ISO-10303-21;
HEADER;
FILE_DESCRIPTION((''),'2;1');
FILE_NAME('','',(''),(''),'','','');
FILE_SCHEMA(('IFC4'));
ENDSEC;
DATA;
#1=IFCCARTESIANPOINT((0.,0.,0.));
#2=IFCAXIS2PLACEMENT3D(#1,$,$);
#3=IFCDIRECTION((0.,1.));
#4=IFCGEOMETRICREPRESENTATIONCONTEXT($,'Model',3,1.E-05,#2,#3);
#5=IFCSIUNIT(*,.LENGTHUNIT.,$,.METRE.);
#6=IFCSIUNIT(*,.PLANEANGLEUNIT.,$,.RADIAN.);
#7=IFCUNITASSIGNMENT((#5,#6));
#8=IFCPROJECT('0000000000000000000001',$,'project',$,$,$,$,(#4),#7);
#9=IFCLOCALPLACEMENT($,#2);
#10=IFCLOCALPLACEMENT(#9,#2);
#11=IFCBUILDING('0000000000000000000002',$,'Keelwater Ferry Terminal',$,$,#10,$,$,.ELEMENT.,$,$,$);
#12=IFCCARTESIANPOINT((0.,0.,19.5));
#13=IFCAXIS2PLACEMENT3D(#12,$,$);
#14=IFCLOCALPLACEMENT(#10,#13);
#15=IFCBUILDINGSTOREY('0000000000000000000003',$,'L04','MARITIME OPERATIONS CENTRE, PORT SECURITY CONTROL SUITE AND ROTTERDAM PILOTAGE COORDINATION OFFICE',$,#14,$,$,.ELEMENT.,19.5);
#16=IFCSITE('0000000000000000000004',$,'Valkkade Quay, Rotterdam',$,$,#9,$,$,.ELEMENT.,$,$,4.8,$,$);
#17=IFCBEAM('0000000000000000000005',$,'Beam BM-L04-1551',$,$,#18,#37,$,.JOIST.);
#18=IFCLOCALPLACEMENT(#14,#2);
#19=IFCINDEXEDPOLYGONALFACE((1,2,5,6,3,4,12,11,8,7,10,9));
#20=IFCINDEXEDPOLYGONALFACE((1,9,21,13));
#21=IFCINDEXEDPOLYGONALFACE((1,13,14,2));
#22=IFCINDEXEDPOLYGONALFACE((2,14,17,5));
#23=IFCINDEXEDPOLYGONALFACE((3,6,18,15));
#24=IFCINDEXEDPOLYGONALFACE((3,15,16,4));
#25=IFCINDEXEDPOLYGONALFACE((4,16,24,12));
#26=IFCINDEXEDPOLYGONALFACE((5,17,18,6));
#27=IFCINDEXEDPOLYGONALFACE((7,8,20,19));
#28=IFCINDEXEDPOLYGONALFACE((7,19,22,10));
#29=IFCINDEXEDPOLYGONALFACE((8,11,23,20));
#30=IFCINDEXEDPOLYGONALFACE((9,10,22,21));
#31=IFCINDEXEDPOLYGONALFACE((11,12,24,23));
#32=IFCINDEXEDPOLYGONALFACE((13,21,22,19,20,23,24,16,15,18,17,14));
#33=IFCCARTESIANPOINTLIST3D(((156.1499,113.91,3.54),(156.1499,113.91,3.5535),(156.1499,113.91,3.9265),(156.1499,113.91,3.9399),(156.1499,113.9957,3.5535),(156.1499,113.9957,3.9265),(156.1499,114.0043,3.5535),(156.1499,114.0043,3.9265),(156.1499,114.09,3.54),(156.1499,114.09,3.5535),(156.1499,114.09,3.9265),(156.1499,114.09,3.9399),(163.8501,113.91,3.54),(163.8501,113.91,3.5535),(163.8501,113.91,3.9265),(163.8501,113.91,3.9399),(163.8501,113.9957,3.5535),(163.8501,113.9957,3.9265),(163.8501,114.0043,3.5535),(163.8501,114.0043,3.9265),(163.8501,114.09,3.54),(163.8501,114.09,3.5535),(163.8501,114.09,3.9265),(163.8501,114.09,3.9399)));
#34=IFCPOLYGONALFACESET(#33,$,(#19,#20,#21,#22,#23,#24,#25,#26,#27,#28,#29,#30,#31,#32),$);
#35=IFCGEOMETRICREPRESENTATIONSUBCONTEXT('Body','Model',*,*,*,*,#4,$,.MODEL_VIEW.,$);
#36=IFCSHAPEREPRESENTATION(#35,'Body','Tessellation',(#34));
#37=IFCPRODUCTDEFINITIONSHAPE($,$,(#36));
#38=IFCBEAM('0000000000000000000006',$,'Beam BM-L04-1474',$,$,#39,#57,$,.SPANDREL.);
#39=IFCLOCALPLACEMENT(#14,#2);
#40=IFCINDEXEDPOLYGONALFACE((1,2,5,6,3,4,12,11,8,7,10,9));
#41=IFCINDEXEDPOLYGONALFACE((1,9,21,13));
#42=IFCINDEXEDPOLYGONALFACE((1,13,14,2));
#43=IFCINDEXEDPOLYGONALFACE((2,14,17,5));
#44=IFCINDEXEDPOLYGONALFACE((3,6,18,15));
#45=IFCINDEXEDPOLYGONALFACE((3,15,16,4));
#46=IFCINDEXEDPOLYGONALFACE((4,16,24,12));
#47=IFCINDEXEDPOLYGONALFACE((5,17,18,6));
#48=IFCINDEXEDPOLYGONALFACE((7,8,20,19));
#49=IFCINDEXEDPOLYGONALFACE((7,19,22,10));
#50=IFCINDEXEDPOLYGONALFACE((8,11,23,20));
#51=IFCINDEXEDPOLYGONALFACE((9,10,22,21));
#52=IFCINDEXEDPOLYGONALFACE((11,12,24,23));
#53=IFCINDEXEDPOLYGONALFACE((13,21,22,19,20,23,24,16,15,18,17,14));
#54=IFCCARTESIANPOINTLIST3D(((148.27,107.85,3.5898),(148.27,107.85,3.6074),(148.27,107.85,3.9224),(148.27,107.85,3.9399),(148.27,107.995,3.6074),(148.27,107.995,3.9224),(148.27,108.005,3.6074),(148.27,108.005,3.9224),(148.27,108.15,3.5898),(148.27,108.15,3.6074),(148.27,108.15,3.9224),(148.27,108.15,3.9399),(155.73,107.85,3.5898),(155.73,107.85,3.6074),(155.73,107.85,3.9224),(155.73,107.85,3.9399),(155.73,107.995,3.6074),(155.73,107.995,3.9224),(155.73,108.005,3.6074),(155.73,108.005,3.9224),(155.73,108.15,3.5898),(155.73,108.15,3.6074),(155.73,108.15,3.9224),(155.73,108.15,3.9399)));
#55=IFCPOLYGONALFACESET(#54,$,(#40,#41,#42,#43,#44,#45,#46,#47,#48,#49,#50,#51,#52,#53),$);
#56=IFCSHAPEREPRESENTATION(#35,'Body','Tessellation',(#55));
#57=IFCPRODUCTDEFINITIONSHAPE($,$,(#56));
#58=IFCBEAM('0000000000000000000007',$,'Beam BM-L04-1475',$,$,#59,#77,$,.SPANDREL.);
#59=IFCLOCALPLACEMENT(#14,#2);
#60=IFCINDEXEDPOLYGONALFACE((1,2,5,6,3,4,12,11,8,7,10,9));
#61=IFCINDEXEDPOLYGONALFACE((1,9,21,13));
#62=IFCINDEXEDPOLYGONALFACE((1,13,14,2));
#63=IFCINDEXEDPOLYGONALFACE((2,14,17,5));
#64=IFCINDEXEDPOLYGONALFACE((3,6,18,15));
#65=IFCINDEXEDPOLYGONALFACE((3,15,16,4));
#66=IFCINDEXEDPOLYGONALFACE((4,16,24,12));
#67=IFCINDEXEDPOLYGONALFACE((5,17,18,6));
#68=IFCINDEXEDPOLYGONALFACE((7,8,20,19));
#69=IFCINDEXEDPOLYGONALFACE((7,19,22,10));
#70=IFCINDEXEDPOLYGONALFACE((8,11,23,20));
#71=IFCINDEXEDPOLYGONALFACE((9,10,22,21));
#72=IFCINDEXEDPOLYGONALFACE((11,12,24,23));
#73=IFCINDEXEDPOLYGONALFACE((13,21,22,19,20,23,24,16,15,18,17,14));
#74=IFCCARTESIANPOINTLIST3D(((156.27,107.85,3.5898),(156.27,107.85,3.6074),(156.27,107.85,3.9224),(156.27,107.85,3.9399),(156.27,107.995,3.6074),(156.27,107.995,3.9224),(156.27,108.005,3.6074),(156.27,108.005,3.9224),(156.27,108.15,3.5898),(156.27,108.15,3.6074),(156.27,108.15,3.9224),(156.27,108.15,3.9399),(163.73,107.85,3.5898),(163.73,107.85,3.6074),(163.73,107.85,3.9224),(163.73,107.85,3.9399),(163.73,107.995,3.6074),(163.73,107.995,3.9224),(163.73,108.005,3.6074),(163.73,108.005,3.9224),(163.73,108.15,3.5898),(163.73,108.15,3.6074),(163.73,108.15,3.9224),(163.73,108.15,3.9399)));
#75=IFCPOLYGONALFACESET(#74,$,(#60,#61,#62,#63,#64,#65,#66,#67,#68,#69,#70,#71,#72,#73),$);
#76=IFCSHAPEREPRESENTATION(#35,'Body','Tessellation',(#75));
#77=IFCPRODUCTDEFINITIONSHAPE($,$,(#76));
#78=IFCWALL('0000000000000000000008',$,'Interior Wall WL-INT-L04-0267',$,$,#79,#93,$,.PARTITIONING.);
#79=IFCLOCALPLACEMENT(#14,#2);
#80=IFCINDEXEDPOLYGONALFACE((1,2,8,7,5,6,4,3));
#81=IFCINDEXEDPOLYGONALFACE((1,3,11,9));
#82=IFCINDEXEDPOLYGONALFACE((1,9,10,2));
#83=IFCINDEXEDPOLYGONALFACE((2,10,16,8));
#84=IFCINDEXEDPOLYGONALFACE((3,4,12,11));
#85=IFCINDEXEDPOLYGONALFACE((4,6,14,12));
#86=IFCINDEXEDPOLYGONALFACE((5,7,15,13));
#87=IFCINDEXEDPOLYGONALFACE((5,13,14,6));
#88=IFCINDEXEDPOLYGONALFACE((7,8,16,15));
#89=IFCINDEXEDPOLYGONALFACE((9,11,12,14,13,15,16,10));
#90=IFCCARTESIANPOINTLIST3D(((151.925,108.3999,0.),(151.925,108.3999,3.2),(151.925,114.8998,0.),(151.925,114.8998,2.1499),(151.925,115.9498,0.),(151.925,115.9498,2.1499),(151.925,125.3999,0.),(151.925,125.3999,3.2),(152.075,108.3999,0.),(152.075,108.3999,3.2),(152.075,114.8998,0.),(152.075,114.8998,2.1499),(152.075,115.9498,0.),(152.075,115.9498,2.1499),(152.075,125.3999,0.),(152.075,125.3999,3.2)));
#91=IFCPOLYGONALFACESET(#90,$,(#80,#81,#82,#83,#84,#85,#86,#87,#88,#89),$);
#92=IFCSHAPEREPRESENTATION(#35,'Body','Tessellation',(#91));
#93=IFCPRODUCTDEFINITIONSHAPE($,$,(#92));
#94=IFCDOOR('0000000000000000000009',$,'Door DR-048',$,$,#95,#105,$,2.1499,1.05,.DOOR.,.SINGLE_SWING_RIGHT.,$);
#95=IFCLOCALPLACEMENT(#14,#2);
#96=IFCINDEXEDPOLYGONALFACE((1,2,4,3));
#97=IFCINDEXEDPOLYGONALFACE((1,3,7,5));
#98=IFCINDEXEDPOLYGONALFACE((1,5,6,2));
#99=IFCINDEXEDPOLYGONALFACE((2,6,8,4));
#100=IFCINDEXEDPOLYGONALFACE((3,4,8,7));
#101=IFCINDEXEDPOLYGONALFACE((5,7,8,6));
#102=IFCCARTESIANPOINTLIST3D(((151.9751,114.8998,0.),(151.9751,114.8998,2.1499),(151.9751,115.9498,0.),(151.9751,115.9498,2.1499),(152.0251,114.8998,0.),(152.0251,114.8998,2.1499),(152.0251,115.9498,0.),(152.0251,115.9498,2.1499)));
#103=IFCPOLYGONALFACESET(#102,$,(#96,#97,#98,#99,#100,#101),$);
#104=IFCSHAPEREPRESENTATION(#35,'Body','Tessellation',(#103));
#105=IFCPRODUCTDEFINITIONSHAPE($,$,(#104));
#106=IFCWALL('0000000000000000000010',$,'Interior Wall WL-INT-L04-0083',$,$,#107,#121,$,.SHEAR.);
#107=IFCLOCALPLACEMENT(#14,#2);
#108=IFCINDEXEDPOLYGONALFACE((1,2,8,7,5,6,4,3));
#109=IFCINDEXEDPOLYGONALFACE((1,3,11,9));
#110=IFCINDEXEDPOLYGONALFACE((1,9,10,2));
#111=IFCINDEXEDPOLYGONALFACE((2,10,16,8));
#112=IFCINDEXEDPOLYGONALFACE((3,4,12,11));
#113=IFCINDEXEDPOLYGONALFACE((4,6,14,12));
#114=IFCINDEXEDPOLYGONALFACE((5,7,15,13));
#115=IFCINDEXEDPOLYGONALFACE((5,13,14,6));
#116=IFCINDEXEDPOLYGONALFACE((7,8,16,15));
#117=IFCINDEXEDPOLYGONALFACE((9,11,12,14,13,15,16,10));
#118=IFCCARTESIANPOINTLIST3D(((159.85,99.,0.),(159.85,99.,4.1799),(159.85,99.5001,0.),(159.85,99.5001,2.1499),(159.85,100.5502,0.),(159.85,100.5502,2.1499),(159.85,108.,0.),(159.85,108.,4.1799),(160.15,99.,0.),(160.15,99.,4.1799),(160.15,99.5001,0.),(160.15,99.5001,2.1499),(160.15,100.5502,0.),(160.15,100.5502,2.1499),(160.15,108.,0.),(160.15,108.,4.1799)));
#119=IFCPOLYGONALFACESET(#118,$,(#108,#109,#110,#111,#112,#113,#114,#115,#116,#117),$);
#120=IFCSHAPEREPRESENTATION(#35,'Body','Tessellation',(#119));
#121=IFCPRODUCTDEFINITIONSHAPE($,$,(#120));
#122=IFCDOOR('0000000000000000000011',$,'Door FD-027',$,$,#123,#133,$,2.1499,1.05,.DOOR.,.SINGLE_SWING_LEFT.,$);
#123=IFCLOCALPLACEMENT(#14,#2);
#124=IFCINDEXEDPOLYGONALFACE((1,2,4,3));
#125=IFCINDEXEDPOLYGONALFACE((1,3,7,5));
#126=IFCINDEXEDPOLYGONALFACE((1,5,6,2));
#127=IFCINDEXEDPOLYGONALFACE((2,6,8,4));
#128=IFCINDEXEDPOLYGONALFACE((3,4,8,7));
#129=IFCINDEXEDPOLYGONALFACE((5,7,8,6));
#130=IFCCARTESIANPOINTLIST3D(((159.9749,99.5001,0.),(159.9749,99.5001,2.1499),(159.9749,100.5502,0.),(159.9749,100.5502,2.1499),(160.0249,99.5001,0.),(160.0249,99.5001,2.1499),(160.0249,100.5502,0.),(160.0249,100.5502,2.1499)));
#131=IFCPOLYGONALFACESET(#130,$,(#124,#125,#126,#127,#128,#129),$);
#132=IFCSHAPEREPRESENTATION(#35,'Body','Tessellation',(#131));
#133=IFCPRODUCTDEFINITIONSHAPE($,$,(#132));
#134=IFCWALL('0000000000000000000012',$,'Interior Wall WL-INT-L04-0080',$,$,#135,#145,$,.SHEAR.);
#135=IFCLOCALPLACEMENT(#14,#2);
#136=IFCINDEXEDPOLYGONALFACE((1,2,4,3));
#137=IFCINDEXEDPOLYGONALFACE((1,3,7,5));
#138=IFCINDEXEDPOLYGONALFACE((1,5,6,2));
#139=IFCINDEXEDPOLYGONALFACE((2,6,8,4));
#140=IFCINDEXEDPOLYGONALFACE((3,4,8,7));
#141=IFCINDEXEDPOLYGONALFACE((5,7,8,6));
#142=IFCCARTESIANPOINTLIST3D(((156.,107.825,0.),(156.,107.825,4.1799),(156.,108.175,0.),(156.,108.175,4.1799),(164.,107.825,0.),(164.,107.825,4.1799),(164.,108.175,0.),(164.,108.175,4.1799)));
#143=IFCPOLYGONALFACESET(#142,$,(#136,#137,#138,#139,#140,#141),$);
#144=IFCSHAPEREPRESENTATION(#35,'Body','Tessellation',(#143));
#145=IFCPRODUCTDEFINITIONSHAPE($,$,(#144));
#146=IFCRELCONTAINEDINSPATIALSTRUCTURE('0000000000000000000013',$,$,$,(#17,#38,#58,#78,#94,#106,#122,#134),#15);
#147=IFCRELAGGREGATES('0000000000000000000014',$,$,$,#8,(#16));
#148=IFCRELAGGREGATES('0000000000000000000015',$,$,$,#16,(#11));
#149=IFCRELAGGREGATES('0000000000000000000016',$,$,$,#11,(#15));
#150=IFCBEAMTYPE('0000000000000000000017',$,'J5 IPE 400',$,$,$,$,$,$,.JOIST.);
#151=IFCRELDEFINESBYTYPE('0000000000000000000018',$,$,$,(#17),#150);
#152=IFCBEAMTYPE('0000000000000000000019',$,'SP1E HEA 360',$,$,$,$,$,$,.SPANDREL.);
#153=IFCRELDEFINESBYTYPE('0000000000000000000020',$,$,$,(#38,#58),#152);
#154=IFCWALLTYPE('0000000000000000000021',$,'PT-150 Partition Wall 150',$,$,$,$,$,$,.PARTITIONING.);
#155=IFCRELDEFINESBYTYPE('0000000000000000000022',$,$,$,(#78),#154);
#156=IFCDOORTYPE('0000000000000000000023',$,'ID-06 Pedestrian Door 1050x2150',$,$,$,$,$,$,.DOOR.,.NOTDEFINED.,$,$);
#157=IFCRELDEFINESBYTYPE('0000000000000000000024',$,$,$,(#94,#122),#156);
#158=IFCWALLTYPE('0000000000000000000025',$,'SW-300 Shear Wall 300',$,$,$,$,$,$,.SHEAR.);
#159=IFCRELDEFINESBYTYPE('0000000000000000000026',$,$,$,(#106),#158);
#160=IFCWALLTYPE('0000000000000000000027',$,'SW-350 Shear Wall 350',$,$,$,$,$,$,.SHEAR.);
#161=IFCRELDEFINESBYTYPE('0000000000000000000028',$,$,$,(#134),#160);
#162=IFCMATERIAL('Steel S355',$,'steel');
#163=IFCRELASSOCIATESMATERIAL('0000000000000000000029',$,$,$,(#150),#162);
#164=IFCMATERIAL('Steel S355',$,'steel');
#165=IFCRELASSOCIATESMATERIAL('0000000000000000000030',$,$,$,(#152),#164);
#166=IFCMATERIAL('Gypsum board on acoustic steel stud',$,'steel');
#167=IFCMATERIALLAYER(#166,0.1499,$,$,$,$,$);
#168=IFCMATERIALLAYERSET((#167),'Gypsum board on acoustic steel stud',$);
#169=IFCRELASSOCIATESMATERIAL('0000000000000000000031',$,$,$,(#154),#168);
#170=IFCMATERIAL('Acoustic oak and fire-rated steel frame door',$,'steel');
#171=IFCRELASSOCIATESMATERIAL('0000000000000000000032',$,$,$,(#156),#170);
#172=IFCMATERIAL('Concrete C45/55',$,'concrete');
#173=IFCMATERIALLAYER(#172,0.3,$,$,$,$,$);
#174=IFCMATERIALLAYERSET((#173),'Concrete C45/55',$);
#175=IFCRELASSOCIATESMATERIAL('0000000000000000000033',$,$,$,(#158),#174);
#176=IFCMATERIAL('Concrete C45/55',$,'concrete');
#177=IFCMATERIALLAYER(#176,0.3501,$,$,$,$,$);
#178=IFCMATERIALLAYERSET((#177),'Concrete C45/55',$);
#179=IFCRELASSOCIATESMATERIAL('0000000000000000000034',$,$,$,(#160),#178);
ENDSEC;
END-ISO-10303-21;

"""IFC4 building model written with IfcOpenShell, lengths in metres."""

from ifc_helpers import new_model, si_unit, direction, frame, frame_2d, origin, origin_2d, place, context, subcontext, project, spatial, rectangle, i_section, extrude, material, layer, layer_set, material_profile, profile_set, type_object, element, fill, save


model = new_model("IFC4")

# Units and contexts
model_context = context("Model", 3, precision=1e-05, world=origin(), true_north=direction((0.0, 1.0)))
body_context = subcontext(model_context, "Body", "Model", "MODEL_VIEW")
ifc_project = project(units=[si_unit("LENGTHUNIT", "METRE"), si_unit("PLANEANGLEUNIT", "RADIAN")], contexts=[model_context])

# Site, building, storey
site_placement = place(None, origin())
site = spatial("IfcSite", under=ifc_project, at=site_placement, Name="Valkkade Quay, Rotterdam", CompositionType="ELEMENT", RefElevation=4.8)
building_placement = place(site_placement, origin())
building = spatial("IfcBuilding", under=site, at=building_placement, Name="Keelwater Ferry Terminal", CompositionType="ELEMENT")
storey_placement = place(building_placement, frame((0.0, 0.0, 19.5)))
storey = spatial("IfcBuildingStorey", under=building, at=storey_placement, Name="L04", Description="MARITIME OPERATIONS CENTRE, PORT SECURITY CONTROL SUITE AND ROTTERDAM PILOTAGE COORDINATION OFFICE", CompositionType="ELEMENT", Elevation=19.5)

# Beams
ifc_material_1 = material(Name="Steel S355", Category="steel")
ifc_material_profile_1 = material_profile(ifc_material_1, i_section(OverallWidth=0.1799, OverallDepth=0.3999, WebThickness=0.0085, FlangeThickness=0.0134, at=origin_2d()), Name="IPE 400")
ifc_profile_set_1 = profile_set([ifc_material_profile_1], Name="Steel S355")
beam_type_1 = type_object("IfcBeamType", Name="J5 IPE 400", PredefinedType="JOIST", material=ifc_profile_set_1)
for number, where, z_axis, x_axis, name in (
    (1, (156.1499, 114.0, 3.74), (1.0, 0.0, 0.0), (0.0, 1.0, 0.0), "Beam BM-L04-1551"),
):
    element("IfcBeam", number, at=place(storey_placement, frame(where, z_axis=z_axis, x_axis=x_axis)), inside=storey, type_object=beam_type_1, Name=name, PredefinedType="JOIST", context=body_context, shape_type="SweptSolid", body=[
        extrude(i_section(OverallWidth=0.1799, OverallDepth=0.3999, WebThickness=0.0085, FlangeThickness=0.0134, at=origin_2d()), origin(), (0.0, 0.0, 1.0), 7.7002),
    ])
ifc_material_2 = material(Name="Steel S355", Category="steel")
ifc_material_profile_2 = material_profile(ifc_material_2, i_section(OverallWidth=0.3, OverallDepth=0.3501, WebThickness=0.01, FlangeThickness=0.0176, at=origin_2d()), Name="HEA 360")
ifc_profile_set_2 = profile_set([ifc_material_profile_2], Name="Steel S355")
beam_type_2 = type_object("IfcBeamType", Name="SP1E HEA 360", PredefinedType="SPANDREL", material=ifc_profile_set_2)
for number, where, z_axis, x_axis, name in (
    (2, (148.27, 108.0, 3.7649), (1.0, 0.0, 0.0), (0.0, 1.0, 0.0), "Beam BM-L04-1474"),
    (3, (156.27, 108.0, 3.7649), (1.0, 0.0, 0.0), (0.0, 1.0, 0.0), "Beam BM-L04-1475"),
):
    element("IfcBeam", number, at=place(storey_placement, frame(where, z_axis=z_axis, x_axis=x_axis)), inside=storey, type_object=beam_type_2, Name=name, PredefinedType="SPANDREL", context=body_context, shape_type="SweptSolid", body=[
        extrude(i_section(OverallWidth=0.3, OverallDepth=0.3501, WebThickness=0.01, FlangeThickness=0.0176, at=origin_2d()), origin(), (0.0, 0.0, 1.0), 7.46),
    ])

# Walls, openings, doors
ifc_material_3 = material(Name="Gypsum board on acoustic steel stud", Category="steel")
ifc_layer_1 = layer(ifc_material_3, 0.1499)
ifc_layer_set_1 = layer_set([ifc_layer_1], Name="Gypsum board on acoustic steel stud")
wall_type_1 = type_object("IfcWallType", Name="PT-150 Partition Wall 150", PredefinedType="PARTITIONING", material=ifc_layer_set_1)
wall_1_placement = place(storey_placement, frame((152.0, 108.3999, 0.0), z_axis=(0.0, 0.0, 1.0), x_axis=(0.0, 1.0, 0.0)))
wall_1 = element("IfcWall", 4, at=wall_1_placement, inside=storey, type_object=wall_type_1, Name="Interior Wall WL-INT-L04-0267", PredefinedType="PARTITIONING", context=body_context, shape_type="SweptSolid", body=[
    extrude(rectangle(XDim=17.0, YDim=0.1499, at=frame_2d((8.5, 0.0))), origin(), (0.0, 0.0, 1.0), 3.2),
])
opening_1_placement = place(wall_1_placement, frame((6.5, 0.0, 0.0)))
opening_1 = element("IfcOpeningElement", 5, at=opening_1_placement, cuts=wall_1, PredefinedType="OPENING", context=body_context, shape_type="SweptSolid", body=[
    extrude(rectangle(XDim=1.05, YDim=2.1499, at=frame_2d((0.5249, 1.075))), frame((0.0, 0.085, 0.0), z_axis=(0.0, -1.0, 0.0), x_axis=(1.0, 0.0, 0.0)), (0.0, 0.0, 1.0), 0.1699),
])
ifc_material_4 = material(Name="Acoustic oak and fire-rated steel frame door", Category="steel")
door_type = type_object("IfcDoorType", Name="ID-06 Pedestrian Door 1050x2150", OperationType="NOTDEFINED", PredefinedType="DOOR", material=ifc_material_4)
door_1_placement = place(opening_1_placement, origin())
door_1 = element("IfcDoor", 6, at=door_1_placement, inside=storey, type_object=door_type, Name="Door DR-048", OperationType="SINGLE_SWING_RIGHT", OverallHeight=2.1499, OverallWidth=1.05, PredefinedType="DOOR", context=body_context, shape_type="SweptSolid", body=[
    extrude(rectangle(XDim=1.05, YDim=2.1499, at=frame_2d((0.5249, 1.075))), frame((0.0, 0.0249, 0.0), z_axis=(0.0, -1.0, 0.0), x_axis=(1.0, 0.0, 0.0)), (0.0, 0.0, 1.0), 0.05),
])
fill(opening_1, door_1)
ifc_material_5 = material(Name="Concrete C45/55", Category="concrete")
ifc_layer_2 = layer(ifc_material_5, 0.3)
ifc_layer_set_2 = layer_set([ifc_layer_2], Name="Concrete C45/55")
wall_type_2 = type_object("IfcWallType", Name="SW-300 Shear Wall 300", PredefinedType="SHEAR", material=ifc_layer_set_2)
wall_2_placement = place(storey_placement, frame((160.0, 108.0, 0.0), z_axis=(0.0, 0.0, 1.0), x_axis=(0.0, -1.0, 0.0)))
wall_2 = element("IfcWall", 7, at=wall_2_placement, inside=storey, type_object=wall_type_2, Name="Interior Wall WL-INT-L04-0083", PredefinedType="SHEAR", context=body_context, shape_type="SweptSolid", body=[
    extrude(rectangle(XDim=9.0, YDim=0.3, at=frame_2d((4.5, 0.0))), origin(), (0.0, 0.0, 1.0), 4.1799),
])
opening_2_placement = place(wall_2_placement, frame((7.45, 0.0, 0.0)))
opening_2 = element("IfcOpeningElement", 8, at=opening_2_placement, cuts=wall_2, PredefinedType="OPENING", context=body_context, shape_type="SweptSolid", body=[
    extrude(rectangle(XDim=1.05, YDim=2.1499, at=frame_2d((0.5249, 1.075))), frame((0.0, 0.1599, 0.0), z_axis=(0.0, -1.0, 0.0), x_axis=(1.0, 0.0, 0.0)), (0.0, 0.0, 1.0), 0.3201),
])
door_2_placement = place(opening_2_placement, origin())
door_2 = element("IfcDoor", 9, at=door_2_placement, inside=storey, type_object=door_type, Name="Door FD-027", OperationType="SINGLE_SWING_LEFT", OverallHeight=2.1499, OverallWidth=1.05, PredefinedType="DOOR", context=body_context, shape_type="SweptSolid", body=[
    extrude(rectangle(XDim=1.05, YDim=2.1499, at=frame_2d((0.5249, 1.075))), frame((0.0, 0.0249, 0.0), z_axis=(0.0, -1.0, 0.0), x_axis=(1.0, 0.0, 0.0)), (0.0, 0.0, 1.0), 0.05),
])
fill(opening_2, door_2)

# Wall
ifc_material_6 = material(Name="Concrete C45/55", Category="concrete")
ifc_layer_3 = layer(ifc_material_6, 0.3501)
ifc_layer_set_3 = layer_set([ifc_layer_3], Name="Concrete C45/55")
wall_type_3 = type_object("IfcWallType", Name="SW-350 Shear Wall 350", PredefinedType="SHEAR", material=ifc_layer_set_3)
wall_3_placement = place(storey_placement, frame((156.0, 108.0, 0.0), z_axis=(0.0, 0.0, 1.0), x_axis=(1.0, 0.0, 0.0)))
element("IfcWall", 10, at=wall_3_placement, inside=storey, type_object=wall_type_3, Name="Interior Wall WL-INT-L04-0080", PredefinedType="SHEAR", context=body_context, shape_type="SweptSolid", body=[
    extrude(rectangle(XDim=8.0, YDim=0.3501, at=frame_2d((4.0, 0.0))), origin(), (0.0, 0.0, 1.0), 4.1799),
])

save(model, "model.ifc")
